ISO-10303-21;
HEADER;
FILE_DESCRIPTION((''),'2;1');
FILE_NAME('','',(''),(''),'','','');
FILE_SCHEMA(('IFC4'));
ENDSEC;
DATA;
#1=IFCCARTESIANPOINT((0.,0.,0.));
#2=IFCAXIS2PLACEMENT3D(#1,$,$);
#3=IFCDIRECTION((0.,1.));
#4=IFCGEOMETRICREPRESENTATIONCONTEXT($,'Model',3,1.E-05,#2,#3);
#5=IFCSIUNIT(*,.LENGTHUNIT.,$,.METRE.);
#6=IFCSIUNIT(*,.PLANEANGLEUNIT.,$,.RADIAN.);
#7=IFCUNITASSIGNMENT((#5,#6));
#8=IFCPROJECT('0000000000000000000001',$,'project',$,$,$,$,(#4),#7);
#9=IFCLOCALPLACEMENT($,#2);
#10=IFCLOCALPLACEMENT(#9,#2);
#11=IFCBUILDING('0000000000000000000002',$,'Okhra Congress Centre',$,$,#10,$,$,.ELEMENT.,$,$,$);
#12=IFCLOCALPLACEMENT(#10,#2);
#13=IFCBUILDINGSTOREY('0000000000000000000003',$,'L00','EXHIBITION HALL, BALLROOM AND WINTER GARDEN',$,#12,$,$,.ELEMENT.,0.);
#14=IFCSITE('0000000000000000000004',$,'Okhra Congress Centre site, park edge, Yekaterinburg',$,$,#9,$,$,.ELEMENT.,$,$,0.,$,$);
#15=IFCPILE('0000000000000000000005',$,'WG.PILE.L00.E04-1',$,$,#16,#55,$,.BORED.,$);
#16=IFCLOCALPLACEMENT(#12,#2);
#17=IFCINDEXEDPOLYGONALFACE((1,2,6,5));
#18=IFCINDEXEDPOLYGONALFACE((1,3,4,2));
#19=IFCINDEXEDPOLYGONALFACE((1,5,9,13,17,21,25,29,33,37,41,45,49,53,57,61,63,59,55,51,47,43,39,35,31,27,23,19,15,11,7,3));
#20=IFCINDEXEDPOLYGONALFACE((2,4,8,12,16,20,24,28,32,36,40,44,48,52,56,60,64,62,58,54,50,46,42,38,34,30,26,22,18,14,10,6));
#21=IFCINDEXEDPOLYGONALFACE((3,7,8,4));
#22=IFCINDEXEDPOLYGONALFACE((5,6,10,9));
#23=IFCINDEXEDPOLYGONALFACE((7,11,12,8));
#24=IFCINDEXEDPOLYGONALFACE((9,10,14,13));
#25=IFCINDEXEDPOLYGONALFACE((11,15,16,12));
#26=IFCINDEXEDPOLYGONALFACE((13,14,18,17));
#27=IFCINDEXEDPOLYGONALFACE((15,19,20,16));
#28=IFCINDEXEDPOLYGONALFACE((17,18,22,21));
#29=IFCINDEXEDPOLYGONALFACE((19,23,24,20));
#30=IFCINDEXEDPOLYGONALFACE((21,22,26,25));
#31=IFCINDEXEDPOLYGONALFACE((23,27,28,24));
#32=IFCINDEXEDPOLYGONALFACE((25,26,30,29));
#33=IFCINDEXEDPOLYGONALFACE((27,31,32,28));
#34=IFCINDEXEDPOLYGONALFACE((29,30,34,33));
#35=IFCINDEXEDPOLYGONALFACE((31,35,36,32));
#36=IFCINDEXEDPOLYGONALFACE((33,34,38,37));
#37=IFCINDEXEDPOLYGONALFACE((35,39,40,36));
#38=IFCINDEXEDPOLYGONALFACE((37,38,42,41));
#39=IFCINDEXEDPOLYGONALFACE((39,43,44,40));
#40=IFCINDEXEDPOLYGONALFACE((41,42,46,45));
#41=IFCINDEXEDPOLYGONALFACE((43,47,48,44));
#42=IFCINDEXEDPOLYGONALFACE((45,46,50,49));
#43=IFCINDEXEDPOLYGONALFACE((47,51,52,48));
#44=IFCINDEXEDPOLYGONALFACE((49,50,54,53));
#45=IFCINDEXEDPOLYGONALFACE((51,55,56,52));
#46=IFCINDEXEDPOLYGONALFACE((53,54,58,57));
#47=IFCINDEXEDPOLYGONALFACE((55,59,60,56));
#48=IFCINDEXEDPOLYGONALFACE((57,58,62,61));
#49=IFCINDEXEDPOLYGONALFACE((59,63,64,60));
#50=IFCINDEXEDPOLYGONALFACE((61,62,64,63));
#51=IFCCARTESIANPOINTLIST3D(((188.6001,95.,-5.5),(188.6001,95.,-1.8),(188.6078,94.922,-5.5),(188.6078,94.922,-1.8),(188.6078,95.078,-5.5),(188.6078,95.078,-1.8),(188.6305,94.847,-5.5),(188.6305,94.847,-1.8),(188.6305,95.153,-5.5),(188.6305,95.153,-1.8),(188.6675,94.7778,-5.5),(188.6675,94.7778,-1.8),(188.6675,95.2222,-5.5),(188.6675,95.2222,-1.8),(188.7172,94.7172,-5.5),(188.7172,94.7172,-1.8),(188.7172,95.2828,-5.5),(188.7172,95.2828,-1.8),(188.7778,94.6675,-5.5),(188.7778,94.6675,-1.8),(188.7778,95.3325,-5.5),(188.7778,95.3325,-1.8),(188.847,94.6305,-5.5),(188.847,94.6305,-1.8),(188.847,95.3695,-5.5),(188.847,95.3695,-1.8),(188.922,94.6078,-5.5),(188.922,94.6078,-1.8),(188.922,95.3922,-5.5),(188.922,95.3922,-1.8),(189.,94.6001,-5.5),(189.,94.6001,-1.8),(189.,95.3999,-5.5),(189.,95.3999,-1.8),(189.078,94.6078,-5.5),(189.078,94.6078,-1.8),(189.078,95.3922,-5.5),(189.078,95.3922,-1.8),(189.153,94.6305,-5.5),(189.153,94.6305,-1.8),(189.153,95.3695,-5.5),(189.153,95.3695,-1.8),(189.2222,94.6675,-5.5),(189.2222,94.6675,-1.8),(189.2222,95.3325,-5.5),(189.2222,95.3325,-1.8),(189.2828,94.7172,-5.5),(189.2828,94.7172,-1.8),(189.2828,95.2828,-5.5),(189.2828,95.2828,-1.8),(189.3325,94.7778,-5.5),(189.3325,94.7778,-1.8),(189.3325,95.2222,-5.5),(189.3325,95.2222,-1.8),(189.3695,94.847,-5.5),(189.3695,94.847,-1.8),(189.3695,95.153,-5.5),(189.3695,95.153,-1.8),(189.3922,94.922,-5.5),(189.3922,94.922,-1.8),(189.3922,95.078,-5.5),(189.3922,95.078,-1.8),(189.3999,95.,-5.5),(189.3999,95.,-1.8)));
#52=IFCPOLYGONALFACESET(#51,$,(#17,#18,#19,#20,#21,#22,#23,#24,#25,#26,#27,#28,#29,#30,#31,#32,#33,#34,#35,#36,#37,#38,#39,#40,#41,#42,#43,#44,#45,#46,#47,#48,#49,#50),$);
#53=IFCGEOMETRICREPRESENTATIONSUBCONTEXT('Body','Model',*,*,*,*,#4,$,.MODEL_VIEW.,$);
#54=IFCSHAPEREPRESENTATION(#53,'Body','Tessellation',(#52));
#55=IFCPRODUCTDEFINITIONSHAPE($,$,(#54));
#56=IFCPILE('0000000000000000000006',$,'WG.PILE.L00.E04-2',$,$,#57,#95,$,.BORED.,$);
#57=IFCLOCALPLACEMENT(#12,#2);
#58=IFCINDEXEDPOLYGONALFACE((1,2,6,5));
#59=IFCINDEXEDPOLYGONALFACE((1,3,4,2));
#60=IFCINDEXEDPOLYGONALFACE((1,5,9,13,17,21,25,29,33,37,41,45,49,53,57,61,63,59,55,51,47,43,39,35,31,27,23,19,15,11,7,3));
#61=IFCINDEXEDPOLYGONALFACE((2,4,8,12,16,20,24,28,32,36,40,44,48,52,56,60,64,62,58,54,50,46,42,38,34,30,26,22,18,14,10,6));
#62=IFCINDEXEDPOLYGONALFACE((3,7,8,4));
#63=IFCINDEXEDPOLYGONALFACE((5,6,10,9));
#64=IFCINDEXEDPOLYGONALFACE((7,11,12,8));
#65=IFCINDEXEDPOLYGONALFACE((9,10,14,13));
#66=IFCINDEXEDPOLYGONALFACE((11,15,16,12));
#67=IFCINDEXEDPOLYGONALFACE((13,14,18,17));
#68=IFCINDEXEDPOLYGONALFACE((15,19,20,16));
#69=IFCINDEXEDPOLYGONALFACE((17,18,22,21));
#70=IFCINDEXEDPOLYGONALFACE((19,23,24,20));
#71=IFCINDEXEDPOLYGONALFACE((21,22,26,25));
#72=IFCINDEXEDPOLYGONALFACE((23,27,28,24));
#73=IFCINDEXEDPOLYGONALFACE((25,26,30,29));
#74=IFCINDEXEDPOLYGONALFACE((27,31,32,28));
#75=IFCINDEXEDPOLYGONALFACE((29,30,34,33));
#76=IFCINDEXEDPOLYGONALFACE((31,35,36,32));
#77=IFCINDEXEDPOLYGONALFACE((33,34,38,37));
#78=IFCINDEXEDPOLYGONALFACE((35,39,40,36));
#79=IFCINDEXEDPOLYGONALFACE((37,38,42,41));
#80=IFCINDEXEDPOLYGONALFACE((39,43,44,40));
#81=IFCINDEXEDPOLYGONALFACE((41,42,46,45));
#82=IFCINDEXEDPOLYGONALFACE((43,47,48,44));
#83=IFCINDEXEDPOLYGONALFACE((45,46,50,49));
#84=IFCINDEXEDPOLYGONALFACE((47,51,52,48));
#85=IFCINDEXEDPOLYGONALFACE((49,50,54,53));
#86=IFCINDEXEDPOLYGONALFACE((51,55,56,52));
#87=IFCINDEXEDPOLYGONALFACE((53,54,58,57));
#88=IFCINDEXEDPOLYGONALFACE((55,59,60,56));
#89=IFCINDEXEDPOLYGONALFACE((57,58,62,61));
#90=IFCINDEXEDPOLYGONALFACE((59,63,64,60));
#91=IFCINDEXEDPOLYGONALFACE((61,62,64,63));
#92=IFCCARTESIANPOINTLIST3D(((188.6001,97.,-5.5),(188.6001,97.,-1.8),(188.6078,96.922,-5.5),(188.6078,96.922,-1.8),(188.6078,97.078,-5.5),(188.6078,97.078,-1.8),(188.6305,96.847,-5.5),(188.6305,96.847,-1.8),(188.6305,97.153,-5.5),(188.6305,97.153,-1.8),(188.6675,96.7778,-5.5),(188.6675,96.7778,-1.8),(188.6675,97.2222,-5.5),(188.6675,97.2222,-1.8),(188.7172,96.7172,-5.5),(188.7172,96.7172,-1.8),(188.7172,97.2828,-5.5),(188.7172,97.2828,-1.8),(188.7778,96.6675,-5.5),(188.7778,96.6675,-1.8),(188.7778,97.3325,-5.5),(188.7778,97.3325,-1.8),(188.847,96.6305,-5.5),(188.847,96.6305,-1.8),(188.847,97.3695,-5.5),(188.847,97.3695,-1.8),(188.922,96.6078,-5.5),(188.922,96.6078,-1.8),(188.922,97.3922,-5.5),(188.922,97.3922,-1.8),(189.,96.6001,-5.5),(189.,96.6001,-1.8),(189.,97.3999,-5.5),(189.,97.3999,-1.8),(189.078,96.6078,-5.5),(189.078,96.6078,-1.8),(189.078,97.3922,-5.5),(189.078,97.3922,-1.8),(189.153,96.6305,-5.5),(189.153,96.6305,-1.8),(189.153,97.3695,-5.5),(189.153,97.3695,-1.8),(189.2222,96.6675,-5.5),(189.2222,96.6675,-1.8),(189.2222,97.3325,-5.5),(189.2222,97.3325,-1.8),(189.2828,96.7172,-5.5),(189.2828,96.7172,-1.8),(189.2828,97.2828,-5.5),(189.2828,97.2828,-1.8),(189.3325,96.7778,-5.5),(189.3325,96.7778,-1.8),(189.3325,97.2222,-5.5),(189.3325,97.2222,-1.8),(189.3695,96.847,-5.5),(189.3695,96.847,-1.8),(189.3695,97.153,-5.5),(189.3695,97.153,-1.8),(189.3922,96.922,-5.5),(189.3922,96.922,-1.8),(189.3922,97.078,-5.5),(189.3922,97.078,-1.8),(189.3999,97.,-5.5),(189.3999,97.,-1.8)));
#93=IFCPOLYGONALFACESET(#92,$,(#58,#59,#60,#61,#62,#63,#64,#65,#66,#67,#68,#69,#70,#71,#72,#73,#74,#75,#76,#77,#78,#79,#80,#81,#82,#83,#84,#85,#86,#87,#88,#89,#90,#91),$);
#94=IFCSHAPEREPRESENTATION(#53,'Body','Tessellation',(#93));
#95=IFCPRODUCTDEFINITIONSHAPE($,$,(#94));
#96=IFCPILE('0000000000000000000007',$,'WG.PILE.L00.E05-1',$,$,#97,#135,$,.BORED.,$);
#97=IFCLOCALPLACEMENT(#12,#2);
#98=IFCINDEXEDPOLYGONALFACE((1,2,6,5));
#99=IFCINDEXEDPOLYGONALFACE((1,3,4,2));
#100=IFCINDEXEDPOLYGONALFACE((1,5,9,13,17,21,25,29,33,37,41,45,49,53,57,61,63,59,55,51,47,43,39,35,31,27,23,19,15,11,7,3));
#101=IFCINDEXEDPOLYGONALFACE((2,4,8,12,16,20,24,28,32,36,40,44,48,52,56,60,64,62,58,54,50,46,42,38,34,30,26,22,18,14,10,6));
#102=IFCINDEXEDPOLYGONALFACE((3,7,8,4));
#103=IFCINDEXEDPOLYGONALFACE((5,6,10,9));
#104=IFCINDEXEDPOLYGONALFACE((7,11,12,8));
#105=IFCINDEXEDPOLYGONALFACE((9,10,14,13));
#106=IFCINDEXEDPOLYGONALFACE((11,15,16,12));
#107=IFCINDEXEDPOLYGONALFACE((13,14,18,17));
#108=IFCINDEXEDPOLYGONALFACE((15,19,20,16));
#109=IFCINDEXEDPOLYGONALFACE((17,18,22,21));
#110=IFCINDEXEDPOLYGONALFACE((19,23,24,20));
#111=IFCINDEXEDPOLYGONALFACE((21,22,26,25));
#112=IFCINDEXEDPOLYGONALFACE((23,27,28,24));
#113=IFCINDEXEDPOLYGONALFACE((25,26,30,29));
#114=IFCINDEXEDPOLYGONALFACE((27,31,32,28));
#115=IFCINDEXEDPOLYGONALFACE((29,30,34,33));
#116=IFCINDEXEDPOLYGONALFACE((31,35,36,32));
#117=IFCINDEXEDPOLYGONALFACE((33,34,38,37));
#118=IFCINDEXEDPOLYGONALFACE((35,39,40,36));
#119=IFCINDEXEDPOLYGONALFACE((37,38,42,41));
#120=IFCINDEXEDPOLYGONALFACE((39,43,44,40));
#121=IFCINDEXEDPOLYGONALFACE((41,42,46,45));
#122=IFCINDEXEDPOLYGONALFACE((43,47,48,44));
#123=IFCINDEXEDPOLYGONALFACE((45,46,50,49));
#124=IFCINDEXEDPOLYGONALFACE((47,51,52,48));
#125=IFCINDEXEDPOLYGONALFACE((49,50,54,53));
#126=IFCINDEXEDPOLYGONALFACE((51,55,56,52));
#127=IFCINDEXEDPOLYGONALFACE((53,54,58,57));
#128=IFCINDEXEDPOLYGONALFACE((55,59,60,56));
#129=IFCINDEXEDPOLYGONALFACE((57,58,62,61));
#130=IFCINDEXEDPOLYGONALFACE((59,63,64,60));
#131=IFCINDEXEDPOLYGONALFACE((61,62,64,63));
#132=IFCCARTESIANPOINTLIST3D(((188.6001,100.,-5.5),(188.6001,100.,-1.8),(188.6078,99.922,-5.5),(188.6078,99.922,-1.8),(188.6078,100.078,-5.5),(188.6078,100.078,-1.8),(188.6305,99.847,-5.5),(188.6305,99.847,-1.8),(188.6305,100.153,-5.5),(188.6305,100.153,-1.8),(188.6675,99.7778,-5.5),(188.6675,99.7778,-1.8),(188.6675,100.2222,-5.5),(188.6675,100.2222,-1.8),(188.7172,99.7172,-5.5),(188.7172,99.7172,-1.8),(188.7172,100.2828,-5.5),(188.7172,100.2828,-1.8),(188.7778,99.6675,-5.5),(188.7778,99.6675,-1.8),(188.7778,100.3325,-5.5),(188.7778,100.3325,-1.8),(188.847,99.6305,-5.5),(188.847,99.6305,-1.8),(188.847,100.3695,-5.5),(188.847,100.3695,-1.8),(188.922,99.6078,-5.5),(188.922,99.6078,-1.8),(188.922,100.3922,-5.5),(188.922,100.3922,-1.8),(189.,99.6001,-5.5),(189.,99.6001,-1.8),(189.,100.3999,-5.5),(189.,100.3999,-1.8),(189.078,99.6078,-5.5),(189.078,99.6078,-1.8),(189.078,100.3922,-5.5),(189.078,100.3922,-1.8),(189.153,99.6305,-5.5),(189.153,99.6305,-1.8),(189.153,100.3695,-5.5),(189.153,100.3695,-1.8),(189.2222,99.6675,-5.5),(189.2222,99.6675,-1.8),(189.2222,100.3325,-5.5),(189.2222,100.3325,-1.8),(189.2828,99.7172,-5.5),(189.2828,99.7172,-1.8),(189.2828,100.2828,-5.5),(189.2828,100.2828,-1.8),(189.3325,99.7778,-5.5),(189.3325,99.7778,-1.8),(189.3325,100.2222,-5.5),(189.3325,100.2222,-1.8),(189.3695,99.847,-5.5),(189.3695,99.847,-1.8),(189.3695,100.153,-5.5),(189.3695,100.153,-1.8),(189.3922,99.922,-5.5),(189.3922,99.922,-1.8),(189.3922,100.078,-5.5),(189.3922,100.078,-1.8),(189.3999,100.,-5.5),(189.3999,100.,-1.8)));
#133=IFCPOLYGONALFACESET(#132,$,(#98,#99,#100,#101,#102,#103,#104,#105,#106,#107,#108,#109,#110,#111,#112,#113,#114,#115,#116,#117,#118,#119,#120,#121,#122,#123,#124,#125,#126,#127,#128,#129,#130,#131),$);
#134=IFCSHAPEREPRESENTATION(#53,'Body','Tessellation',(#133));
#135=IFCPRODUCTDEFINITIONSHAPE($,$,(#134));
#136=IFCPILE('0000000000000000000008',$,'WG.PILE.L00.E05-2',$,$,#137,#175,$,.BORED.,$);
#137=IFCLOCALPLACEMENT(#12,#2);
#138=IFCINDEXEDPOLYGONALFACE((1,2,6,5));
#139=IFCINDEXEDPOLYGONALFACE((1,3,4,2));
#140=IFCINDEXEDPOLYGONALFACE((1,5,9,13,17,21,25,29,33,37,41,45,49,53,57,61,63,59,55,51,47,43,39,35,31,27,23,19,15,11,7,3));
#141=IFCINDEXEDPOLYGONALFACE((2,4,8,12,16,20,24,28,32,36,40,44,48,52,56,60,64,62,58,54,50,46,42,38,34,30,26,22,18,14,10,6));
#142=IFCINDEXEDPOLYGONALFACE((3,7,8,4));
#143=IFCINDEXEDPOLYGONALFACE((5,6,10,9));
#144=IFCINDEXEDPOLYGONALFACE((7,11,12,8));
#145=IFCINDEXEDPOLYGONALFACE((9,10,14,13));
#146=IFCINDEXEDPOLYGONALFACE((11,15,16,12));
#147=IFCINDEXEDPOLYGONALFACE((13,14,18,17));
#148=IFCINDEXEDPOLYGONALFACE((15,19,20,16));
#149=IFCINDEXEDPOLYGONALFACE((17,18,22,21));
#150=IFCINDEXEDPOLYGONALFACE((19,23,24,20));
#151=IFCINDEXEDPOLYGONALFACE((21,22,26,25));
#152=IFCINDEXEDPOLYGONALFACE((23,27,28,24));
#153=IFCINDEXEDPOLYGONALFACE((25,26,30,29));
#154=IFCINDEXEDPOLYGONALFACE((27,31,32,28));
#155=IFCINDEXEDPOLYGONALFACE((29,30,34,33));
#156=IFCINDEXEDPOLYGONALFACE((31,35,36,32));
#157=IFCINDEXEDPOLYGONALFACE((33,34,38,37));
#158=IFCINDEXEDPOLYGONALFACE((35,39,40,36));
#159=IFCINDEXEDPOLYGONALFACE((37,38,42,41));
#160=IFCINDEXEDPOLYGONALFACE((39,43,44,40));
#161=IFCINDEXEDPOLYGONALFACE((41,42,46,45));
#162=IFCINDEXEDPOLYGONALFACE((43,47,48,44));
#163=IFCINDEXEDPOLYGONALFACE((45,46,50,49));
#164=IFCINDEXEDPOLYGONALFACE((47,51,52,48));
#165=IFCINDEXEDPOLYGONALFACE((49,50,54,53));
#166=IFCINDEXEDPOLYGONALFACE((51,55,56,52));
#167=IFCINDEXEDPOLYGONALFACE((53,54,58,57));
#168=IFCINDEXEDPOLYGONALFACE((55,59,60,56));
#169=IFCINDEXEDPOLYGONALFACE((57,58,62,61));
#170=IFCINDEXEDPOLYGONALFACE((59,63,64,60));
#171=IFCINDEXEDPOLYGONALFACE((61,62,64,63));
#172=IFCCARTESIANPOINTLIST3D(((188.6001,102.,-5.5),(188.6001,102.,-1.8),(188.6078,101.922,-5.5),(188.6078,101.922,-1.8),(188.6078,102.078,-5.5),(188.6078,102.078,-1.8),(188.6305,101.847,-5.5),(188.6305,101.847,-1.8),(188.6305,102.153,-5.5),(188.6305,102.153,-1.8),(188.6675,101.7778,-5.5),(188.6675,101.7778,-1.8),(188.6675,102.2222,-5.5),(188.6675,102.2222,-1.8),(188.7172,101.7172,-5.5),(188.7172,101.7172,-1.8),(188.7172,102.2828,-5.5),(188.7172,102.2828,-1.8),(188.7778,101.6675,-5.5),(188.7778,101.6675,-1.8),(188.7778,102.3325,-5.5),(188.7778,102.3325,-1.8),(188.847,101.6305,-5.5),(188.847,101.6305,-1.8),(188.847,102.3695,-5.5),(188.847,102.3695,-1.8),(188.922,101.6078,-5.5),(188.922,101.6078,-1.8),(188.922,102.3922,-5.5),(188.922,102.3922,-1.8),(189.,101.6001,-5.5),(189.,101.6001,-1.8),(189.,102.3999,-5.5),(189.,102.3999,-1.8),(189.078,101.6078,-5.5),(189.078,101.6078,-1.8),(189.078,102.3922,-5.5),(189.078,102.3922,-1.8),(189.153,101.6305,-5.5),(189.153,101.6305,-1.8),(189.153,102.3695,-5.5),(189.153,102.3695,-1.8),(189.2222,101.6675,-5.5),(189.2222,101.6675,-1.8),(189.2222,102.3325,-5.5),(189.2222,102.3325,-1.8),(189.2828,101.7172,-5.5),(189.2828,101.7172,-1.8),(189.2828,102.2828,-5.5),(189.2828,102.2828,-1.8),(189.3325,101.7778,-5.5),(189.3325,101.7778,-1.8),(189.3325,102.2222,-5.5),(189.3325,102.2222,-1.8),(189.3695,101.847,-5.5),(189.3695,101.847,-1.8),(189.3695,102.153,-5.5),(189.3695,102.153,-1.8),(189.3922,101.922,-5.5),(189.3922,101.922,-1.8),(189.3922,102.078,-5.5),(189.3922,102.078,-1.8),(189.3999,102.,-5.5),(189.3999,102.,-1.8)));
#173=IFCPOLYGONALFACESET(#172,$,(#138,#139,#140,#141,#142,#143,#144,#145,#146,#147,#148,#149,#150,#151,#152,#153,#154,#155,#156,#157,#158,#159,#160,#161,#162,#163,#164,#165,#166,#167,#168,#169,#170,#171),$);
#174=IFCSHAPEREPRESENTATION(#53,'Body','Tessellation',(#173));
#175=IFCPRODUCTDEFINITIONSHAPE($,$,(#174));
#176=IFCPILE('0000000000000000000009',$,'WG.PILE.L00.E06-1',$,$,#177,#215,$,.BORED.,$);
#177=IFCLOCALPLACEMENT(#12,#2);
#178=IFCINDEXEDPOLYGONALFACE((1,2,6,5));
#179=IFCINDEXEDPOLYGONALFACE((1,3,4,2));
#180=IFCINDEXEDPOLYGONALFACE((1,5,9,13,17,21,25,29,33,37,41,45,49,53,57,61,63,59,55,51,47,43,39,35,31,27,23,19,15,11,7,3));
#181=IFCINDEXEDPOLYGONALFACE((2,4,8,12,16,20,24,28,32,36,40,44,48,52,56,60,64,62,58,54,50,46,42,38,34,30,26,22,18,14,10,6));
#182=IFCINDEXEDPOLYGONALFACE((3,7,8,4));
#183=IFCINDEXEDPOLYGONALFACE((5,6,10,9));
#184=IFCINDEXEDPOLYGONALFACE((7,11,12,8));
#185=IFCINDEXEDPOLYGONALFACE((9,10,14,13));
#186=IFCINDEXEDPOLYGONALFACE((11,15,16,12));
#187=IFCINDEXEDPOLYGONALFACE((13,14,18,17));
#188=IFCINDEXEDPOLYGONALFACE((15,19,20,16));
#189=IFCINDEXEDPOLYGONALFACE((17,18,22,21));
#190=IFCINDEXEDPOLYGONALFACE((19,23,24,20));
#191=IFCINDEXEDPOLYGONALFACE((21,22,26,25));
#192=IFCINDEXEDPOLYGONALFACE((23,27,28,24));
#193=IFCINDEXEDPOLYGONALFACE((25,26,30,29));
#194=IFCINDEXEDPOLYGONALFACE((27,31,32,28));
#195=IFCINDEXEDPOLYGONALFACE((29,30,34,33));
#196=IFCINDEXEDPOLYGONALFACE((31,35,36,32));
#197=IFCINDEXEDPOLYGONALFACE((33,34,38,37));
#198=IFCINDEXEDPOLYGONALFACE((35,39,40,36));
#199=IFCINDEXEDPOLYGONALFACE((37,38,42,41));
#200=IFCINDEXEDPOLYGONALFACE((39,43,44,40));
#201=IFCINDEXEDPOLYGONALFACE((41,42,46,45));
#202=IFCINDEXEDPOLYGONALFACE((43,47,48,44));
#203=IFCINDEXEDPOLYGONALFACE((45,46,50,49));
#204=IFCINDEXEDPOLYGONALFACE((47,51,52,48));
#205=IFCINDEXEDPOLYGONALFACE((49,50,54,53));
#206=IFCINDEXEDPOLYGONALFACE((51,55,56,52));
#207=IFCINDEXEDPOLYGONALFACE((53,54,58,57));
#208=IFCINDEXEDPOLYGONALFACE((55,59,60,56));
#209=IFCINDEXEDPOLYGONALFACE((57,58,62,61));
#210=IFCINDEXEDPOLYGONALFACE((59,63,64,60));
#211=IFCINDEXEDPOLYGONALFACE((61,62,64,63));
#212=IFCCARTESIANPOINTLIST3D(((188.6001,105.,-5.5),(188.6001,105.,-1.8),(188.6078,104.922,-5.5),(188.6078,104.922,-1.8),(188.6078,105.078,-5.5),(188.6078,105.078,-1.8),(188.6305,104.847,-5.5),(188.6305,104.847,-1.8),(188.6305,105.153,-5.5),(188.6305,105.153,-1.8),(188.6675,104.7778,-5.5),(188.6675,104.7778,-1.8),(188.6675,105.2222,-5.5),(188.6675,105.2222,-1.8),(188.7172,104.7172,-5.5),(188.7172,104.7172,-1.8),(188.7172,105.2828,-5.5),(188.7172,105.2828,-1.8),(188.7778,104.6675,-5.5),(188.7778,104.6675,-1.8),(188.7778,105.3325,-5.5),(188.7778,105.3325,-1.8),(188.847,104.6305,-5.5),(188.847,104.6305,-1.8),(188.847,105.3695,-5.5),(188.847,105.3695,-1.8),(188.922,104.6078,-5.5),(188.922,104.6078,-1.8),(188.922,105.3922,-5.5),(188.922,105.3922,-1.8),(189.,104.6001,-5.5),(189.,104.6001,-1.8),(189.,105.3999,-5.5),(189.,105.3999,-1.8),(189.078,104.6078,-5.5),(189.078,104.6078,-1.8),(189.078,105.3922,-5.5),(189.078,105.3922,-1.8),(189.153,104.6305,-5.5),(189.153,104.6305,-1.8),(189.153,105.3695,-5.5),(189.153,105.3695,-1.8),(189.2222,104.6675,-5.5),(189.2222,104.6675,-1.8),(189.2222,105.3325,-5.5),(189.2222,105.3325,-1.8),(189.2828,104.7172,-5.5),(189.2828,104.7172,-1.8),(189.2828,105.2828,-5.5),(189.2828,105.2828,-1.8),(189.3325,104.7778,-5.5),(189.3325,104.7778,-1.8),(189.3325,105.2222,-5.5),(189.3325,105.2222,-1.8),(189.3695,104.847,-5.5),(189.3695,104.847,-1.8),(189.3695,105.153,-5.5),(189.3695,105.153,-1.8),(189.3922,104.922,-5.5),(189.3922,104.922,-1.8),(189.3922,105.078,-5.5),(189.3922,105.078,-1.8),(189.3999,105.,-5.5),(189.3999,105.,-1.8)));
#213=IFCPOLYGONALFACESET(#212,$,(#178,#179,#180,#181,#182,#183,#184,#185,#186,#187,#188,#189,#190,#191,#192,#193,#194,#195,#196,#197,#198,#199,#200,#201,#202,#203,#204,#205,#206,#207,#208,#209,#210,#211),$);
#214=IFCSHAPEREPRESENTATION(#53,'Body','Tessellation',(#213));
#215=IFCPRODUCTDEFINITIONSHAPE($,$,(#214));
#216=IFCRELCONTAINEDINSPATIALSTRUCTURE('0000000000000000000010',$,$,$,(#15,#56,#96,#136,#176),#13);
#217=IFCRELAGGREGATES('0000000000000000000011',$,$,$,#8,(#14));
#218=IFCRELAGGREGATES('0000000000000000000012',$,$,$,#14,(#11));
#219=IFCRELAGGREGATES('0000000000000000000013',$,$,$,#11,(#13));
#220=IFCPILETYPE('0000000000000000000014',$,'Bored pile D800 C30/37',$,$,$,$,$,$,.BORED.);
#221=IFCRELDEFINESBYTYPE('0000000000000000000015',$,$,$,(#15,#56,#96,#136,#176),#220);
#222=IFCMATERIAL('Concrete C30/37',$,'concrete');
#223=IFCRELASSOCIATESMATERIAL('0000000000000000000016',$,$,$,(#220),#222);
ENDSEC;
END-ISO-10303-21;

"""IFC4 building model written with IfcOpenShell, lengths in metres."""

from ifc_helpers import new_model, si_unit, direction, frame, origin, origin_2d, place, context, subcontext, project, spatial, circle, extrude, material, material_profile, profile_set, type_object, element, save


model = new_model("IFC4")

# Units and contexts
model_context = context("Model", 3, precision=1e-05, world=origin(), true_north=direction((0.0, 1.0)))
body_context = subcontext(model_context, "Body", "Model", "MODEL_VIEW")
ifc_project = project(units=[si_unit("LENGTHUNIT", "METRE"), si_unit("PLANEANGLEUNIT", "RADIAN")], contexts=[model_context])

# Site, building, storey
site_placement = place(None, origin())
site = spatial("IfcSite", under=ifc_project, at=site_placement, Name="Okhra Congress Centre site, park edge, Yekaterinburg", CompositionType="ELEMENT", RefElevation=0.0)
building_placement = place(site_placement, origin())
building = spatial("IfcBuilding", under=site, at=building_placement, Name="Okhra Congress Centre", CompositionType="ELEMENT")
storey_placement = place(building_placement, origin())
storey = spatial("IfcBuildingStorey", under=building, at=storey_placement, Name="L00", Description="EXHIBITION HALL, BALLROOM AND WINTER GARDEN", CompositionType="ELEMENT", Elevation=0.0)

# Piles
ifc_material_1 = material(Name="Concrete C30/37", Category="concrete")
ifc_material_profile_1 = material_profile(ifc_material_1, circle(Radius=0.3999, at=origin_2d()), Name="D800")
ifc_profile_set_1 = profile_set([ifc_material_profile_1], Name="Concrete C30/37")
pile_type = type_object("IfcPileType", Name="Bored pile D800 C30/37", PredefinedType="BORED", material=ifc_profile_set_1)
for number, where, z_axis, x_axis, name in (
    (1, (189.0, 95.0, -1.8), (0.0, 0.0, -1.0), (1.0, 0.0, 0.0), "WG.PILE.L00.E04-1"),
    (2, (189.0, 97.0, -1.8), (0.0, 0.0, -1.0), (1.0, 0.0, 0.0), "WG.PILE.L00.E04-2"),
    (3, (189.0, 100.0, -1.8), (0.0, 0.0, -1.0), (1.0, 0.0, 0.0), "WG.PILE.L00.E05-1"),
    (4, (189.0, 102.0, -1.8), (0.0, 0.0, -1.0), (1.0, 0.0, 0.0), "WG.PILE.L00.E05-2"),
    (5, (189.0, 105.0, -1.8), (0.0, 0.0, -1.0), (1.0, 0.0, 0.0), "WG.PILE.L00.E06-1"),
):
    element("IfcPile", number, at=place(storey_placement, frame(where, z_axis=z_axis, x_axis=x_axis)), inside=storey, type_object=pile_type, Name=name, PredefinedType="BORED", context=body_context, shape_type="SweptSolid", body=[
        extrude(circle(Radius=0.3999, at=origin_2d()), origin(), (0.0, 0.0, 1.0), 3.7),
    ])

save(model, "model.ifc")
